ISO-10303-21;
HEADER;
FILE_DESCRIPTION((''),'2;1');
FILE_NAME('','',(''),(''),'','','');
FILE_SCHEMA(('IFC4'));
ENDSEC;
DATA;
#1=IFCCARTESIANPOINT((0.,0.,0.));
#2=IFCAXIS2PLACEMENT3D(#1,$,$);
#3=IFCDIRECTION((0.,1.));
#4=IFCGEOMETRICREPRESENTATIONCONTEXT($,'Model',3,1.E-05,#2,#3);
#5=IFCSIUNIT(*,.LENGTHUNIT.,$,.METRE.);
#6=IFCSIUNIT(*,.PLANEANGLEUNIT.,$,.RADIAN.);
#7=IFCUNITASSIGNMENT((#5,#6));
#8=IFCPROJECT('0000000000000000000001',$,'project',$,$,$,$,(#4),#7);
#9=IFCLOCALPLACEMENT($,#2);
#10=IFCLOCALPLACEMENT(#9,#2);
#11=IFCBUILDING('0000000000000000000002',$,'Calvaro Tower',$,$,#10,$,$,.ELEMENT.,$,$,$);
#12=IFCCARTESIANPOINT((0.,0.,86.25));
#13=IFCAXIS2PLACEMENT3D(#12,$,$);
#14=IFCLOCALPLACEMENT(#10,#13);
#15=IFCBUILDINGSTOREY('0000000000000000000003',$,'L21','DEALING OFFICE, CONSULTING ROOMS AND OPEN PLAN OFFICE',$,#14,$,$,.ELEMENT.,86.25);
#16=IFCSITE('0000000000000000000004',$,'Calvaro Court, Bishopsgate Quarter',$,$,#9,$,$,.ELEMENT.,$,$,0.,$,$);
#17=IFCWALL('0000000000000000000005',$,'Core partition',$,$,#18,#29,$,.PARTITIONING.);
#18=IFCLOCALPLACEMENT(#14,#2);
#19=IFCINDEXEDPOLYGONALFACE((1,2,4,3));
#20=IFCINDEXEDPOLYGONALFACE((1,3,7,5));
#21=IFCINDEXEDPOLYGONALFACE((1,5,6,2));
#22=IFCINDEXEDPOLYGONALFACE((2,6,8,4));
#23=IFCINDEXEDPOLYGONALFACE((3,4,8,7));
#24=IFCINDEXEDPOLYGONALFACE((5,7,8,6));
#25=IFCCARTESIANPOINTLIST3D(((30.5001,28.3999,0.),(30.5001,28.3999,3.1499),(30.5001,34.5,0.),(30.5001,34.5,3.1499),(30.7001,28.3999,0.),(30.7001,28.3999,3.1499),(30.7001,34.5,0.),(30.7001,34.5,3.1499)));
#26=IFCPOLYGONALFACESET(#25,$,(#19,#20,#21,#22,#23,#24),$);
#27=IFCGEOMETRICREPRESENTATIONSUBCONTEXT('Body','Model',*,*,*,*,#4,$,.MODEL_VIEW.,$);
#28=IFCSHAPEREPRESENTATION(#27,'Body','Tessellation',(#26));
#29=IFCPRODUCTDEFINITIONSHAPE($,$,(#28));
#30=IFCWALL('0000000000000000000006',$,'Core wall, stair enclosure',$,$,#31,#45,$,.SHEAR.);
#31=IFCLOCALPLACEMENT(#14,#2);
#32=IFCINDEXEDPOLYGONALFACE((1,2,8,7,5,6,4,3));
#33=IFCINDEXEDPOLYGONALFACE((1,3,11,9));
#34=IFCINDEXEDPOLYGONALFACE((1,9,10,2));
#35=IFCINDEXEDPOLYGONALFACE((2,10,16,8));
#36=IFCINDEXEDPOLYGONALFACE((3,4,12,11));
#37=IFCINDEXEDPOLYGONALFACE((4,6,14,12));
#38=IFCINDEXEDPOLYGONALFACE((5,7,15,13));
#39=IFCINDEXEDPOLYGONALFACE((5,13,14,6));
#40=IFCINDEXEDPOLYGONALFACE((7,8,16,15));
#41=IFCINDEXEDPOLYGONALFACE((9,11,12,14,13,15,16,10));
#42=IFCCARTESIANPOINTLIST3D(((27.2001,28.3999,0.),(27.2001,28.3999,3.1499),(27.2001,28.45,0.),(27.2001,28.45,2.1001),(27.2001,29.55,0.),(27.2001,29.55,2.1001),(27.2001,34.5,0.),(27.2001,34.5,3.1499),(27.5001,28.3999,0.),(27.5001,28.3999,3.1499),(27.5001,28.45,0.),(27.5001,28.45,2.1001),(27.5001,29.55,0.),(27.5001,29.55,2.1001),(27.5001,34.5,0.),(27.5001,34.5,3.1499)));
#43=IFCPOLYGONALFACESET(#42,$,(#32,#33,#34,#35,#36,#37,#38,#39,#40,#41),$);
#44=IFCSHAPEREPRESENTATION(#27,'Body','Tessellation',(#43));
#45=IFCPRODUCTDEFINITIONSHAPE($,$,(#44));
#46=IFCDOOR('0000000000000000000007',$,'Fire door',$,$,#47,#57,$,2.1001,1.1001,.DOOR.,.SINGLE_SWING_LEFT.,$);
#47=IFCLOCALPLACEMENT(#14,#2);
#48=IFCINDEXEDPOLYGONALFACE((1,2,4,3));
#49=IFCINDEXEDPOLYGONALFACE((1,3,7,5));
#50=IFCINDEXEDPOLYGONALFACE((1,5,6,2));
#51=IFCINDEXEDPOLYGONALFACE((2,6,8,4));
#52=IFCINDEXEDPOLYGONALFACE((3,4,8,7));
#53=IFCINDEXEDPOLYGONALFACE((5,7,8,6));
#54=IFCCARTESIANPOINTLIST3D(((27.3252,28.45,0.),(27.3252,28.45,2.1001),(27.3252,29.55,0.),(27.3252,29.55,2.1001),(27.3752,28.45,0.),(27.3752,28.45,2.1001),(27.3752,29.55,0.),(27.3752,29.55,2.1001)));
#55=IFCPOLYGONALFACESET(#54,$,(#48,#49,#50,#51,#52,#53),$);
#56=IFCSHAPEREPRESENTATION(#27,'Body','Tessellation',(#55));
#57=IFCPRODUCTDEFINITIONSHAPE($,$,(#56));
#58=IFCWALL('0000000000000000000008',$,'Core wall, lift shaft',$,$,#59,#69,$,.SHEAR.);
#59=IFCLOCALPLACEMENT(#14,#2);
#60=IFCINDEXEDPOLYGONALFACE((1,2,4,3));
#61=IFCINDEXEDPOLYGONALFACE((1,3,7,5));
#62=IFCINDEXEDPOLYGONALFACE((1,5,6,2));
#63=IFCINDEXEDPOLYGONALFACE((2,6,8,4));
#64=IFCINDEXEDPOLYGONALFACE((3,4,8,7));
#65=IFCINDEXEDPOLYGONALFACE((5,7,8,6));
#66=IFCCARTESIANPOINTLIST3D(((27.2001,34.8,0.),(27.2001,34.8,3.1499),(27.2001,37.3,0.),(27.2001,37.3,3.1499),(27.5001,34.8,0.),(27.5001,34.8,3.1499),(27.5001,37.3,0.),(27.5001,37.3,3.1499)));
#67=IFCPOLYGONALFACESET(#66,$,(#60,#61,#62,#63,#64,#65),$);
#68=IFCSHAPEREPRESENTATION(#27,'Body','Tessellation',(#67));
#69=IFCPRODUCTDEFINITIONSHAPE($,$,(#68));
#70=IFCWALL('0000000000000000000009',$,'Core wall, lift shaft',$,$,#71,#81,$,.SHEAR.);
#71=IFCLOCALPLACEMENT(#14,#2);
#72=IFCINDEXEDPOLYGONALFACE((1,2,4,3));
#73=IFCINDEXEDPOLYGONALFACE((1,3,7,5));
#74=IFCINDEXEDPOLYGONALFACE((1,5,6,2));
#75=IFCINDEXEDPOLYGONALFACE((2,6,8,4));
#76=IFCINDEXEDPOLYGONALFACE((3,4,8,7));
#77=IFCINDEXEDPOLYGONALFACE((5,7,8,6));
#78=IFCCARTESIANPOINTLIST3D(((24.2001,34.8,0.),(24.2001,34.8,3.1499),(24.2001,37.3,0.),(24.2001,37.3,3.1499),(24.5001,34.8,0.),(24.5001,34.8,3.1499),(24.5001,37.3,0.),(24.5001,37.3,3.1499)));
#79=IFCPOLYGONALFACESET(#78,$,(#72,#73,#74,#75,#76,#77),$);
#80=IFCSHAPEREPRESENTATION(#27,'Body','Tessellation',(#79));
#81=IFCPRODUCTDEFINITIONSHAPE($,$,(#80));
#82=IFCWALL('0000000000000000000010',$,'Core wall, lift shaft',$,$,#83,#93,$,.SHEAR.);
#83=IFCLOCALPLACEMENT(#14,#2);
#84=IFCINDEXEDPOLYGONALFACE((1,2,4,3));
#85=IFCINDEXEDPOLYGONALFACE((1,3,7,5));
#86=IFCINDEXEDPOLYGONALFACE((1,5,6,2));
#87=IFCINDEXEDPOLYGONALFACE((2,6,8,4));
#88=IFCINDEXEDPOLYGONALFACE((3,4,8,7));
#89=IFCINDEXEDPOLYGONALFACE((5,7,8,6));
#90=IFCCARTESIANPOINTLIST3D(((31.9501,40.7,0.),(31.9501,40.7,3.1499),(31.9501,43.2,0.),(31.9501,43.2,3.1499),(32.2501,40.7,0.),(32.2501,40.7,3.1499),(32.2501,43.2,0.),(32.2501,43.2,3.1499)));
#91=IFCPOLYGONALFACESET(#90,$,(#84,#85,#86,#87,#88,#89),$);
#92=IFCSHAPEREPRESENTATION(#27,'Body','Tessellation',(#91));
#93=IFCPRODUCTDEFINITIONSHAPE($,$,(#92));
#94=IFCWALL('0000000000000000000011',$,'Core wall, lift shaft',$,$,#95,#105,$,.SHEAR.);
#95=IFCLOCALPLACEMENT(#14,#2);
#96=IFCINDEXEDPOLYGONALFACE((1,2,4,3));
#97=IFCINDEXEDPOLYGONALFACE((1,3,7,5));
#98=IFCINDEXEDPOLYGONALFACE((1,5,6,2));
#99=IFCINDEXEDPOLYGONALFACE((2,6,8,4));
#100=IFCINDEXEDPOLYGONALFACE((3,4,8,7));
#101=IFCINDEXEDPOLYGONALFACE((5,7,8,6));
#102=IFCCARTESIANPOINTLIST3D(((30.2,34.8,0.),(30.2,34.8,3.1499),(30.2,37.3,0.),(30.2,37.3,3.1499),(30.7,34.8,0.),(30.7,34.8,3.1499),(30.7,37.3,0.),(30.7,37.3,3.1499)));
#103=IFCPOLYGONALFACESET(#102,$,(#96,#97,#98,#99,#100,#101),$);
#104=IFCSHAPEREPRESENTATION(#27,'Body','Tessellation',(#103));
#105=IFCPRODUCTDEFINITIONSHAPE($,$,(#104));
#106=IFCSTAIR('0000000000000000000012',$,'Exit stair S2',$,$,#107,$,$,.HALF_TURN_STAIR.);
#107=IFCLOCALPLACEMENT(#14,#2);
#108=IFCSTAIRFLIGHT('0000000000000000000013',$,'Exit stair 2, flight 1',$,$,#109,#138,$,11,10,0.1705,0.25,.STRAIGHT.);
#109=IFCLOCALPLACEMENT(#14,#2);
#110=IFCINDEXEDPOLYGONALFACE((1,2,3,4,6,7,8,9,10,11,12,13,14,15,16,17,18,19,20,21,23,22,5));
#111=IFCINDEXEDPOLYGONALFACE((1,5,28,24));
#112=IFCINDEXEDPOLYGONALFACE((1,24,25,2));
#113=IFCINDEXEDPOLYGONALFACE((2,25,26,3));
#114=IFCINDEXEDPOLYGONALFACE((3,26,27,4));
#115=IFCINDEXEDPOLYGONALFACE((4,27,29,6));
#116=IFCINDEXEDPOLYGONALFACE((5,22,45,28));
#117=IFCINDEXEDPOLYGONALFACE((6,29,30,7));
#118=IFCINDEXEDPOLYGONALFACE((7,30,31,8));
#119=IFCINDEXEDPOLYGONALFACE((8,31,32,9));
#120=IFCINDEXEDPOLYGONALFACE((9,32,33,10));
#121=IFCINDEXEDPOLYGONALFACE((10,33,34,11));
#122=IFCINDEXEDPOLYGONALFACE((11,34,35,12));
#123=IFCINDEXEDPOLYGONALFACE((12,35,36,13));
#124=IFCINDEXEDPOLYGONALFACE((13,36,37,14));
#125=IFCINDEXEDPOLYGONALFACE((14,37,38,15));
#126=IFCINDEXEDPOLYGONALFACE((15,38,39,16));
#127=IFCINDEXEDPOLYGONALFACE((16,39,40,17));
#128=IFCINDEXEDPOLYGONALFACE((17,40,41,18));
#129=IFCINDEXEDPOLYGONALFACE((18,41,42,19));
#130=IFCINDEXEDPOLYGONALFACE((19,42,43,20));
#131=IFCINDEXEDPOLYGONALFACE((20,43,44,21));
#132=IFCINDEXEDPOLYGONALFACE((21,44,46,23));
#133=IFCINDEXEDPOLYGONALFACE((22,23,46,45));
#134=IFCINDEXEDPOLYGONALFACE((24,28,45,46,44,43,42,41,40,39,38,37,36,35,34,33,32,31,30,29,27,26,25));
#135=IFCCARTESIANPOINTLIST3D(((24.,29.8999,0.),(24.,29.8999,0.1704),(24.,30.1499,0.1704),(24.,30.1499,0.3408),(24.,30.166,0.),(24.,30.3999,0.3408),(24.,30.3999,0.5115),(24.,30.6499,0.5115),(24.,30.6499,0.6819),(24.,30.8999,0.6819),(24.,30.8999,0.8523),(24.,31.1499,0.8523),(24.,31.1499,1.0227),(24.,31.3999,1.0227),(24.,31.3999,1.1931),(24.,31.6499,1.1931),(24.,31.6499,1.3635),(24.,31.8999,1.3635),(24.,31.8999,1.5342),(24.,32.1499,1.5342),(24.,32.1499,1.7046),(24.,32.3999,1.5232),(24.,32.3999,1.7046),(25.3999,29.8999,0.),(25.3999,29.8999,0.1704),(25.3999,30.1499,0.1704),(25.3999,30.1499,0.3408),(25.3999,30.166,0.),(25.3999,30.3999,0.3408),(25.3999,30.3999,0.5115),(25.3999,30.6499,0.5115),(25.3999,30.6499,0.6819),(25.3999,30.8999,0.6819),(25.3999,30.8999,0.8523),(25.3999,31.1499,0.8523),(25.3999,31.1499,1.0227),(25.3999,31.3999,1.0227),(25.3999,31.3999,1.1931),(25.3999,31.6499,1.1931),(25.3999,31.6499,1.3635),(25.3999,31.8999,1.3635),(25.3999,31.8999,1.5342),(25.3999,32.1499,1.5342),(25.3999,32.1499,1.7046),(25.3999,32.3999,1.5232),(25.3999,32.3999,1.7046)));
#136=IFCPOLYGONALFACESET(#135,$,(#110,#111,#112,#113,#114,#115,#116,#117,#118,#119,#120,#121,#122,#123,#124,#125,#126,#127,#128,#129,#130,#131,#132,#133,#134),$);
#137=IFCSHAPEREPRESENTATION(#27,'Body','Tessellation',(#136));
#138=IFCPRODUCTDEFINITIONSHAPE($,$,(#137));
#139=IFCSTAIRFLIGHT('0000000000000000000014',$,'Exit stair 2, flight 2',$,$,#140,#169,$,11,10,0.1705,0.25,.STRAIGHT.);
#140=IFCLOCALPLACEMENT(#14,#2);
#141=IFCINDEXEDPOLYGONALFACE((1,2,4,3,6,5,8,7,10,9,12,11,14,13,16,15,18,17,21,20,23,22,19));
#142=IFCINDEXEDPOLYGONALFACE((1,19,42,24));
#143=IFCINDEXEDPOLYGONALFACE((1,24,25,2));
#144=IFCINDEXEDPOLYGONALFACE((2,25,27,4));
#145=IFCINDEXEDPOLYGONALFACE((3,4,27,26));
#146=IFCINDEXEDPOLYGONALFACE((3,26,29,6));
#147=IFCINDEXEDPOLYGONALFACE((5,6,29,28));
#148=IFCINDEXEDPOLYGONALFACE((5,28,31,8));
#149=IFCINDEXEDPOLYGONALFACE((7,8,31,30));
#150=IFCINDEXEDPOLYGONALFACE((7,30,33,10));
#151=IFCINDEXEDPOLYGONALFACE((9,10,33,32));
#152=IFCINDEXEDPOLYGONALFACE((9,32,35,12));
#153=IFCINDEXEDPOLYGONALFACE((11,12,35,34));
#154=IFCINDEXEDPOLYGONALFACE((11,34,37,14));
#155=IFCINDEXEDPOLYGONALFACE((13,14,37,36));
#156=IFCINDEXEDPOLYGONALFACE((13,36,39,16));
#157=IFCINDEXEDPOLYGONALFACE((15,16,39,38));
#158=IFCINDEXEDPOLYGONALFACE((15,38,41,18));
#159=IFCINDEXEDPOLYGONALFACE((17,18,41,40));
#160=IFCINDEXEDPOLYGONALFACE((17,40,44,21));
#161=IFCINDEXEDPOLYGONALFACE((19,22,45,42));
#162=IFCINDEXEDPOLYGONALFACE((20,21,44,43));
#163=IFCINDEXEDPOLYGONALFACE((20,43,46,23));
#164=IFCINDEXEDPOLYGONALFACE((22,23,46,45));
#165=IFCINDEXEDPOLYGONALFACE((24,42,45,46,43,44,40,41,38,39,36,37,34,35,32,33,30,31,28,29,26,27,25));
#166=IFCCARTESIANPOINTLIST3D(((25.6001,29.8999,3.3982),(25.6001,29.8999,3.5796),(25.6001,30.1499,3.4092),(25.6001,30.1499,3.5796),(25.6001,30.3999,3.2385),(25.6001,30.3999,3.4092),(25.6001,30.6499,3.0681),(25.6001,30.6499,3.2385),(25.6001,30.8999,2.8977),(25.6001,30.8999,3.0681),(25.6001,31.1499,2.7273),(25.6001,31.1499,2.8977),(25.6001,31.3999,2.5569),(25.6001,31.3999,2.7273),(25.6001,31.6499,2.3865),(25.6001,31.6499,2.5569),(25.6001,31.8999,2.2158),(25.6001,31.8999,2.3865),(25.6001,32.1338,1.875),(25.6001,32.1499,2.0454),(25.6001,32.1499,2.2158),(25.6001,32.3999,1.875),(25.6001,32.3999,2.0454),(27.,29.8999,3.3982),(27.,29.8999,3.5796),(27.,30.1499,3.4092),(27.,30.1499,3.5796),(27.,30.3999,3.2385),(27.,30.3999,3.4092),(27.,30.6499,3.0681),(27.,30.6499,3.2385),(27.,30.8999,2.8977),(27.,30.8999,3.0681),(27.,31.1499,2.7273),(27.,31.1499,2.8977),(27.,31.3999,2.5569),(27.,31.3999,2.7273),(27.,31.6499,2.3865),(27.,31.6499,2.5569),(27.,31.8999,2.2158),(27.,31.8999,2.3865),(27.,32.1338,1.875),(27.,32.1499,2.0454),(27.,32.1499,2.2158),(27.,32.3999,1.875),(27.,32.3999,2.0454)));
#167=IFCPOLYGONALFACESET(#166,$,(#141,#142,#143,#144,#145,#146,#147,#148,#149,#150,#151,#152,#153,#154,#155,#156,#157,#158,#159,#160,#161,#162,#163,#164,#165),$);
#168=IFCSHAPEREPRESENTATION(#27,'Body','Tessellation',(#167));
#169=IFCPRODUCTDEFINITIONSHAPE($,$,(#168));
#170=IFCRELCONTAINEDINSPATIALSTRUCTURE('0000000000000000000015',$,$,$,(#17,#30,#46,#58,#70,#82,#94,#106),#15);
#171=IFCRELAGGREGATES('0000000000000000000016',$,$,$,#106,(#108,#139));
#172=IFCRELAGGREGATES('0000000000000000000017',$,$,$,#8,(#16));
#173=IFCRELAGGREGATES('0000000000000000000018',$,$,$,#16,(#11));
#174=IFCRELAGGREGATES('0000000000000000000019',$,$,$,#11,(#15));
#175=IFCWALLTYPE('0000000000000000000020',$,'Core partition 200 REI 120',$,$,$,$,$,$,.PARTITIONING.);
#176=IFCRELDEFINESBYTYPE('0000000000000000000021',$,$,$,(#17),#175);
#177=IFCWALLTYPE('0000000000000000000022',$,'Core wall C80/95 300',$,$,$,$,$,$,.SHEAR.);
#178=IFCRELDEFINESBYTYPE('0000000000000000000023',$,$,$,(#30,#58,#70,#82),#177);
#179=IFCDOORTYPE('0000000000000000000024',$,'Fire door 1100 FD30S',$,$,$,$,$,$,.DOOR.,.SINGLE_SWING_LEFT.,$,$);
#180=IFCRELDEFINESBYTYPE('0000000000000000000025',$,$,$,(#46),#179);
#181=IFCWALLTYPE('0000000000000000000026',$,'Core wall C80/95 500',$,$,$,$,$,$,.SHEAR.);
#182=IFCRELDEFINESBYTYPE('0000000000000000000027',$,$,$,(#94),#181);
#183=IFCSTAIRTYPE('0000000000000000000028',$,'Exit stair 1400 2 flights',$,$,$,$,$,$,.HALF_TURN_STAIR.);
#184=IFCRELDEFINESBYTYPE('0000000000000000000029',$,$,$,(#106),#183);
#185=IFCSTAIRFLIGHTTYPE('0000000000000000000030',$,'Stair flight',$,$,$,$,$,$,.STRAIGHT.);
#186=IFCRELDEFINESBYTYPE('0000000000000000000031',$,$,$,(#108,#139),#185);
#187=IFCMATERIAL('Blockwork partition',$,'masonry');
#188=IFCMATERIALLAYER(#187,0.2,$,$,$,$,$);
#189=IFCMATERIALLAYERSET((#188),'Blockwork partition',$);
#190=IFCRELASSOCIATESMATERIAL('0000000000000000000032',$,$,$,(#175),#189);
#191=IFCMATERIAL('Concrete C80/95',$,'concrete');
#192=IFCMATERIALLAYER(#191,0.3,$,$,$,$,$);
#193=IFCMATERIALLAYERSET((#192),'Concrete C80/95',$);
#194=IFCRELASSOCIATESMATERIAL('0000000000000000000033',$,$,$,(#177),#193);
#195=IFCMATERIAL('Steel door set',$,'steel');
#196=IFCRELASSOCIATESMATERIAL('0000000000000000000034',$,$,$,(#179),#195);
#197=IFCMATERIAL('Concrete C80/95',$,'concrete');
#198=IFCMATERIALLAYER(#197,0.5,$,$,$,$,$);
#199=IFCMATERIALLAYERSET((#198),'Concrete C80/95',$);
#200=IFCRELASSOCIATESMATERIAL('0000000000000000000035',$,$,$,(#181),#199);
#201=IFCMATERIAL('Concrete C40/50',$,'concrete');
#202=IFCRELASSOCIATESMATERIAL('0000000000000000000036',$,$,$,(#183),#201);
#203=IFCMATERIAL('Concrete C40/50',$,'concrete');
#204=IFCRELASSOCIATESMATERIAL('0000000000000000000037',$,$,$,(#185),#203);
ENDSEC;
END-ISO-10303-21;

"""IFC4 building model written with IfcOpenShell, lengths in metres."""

from ifc_helpers import new_model, si_unit, direction, frame, frame_2d, origin, place, context, subcontext, project, spatial, polyline, rectangle, outline, extrude, material, layer, layer_set, type_object, element, fill, aggregate, save


model = new_model("IFC4")

# Units and contexts
model_context = context("Model", 3, precision=1e-05, world=origin(), true_north=direction((0.0, 1.0)))
body_context = subcontext(model_context, "Body", "Model", "MODEL_VIEW")
ifc_project = project(units=[si_unit("LENGTHUNIT", "METRE"), si_unit("PLANEANGLEUNIT", "RADIAN")], contexts=[model_context])

# Site, building, storey
site_placement = place(None, origin())
site = spatial("IfcSite", under=ifc_project, at=site_placement, Name="Calvaro Court, Bishopsgate Quarter", CompositionType="ELEMENT", RefElevation=0.0)
building_placement = place(site_placement, origin())
building = spatial("IfcBuilding", under=site, at=building_placement, Name="Calvaro Tower", CompositionType="ELEMENT")
storey_placement = place(building_placement, frame((0.0, 0.0, 86.25)))
storey = spatial("IfcBuildingStorey", under=building, at=storey_placement, Name="L21", Description="DEALING OFFICE, CONSULTING ROOMS AND OPEN PLAN OFFICE", CompositionType="ELEMENT", Elevation=86.25)

# Wall
ifc_material_1 = material(Name="Blockwork partition", Category="masonry")
ifc_layer_1 = layer(ifc_material_1, 0.2)
ifc_layer_set_1 = layer_set([ifc_layer_1], Name="Blockwork partition")
wall_type_1 = type_object("IfcWallType", Name="Core partition 200 REI 120", PredefinedType="PARTITIONING", material=ifc_layer_set_1)
wall_1_placement = place(storey_placement, frame((30.6001, 28.3999, 0.0), z_axis=(0.0, 0.0, 1.0), x_axis=(0.0, 1.0, 0.0)))
element("IfcWall", 1, at=wall_1_placement, inside=storey, type_object=wall_type_1, Name="Core partition", PredefinedType="PARTITIONING", context=body_context, shape_type="SweptSolid", body=[
    extrude(rectangle(XDim=6.1001, YDim=0.2, at=frame_2d((3.05, 0.0))), origin(), (0.0, 0.0, 1.0), 3.1499),
])

# Wall, opening, door
ifc_material_2 = material(Name="Concrete C80/95", Category="concrete")
ifc_layer_2 = layer(ifc_material_2, 0.3)
ifc_layer_set_2 = layer_set([ifc_layer_2], Name="Concrete C80/95")
wall_type_2 = type_object("IfcWallType", Name="Core wall C80/95 300", PredefinedType="SHEAR", material=ifc_layer_set_2)
wall_2_placement = place(storey_placement, frame((27.3501, 28.3999, 0.0), z_axis=(0.0, 0.0, 1.0), x_axis=(0.0, 1.0, 0.0)))
wall_2 = element("IfcWall", 2, at=wall_2_placement, inside=storey, type_object=wall_type_2, Name="Core wall, stair enclosure", PredefinedType="SHEAR", context=body_context, shape_type="SweptSolid", body=[
    extrude(rectangle(XDim=6.1001, YDim=0.3, at=frame_2d((3.05, 0.0))), origin(), (0.0, 0.0, 1.0), 3.1499),
])
opening_placement = place(wall_2_placement, frame((0.05, 0.0, 0.0)))
opening = element("IfcOpeningElement", 3, at=opening_placement, cuts=wall_2, PredefinedType="OPENING", context=body_context, shape_type="SweptSolid", body=[
    extrude(rectangle(XDim=1.1001, YDim=2.1001, at=frame_2d((0.55, 1.05))), frame((0.0, 0.1599, 0.0), z_axis=(0.0, -1.0, 0.0), x_axis=(1.0, 0.0, 0.0)), (0.0, 0.0, 1.0), 0.3201),
])
ifc_material_3 = material(Name="Steel door set", Category="steel")
door_type = type_object("IfcDoorType", Name="Fire door 1100 FD30S", OperationType="SINGLE_SWING_LEFT", PredefinedType="DOOR", material=ifc_material_3)
door_placement = place(opening_placement, origin())
door = element("IfcDoor", 4, at=door_placement, inside=storey, type_object=door_type, Name="Fire door", OperationType="SINGLE_SWING_LEFT", OverallHeight=2.1001, OverallWidth=1.1001, PredefinedType="DOOR", context=body_context, shape_type="SweptSolid", body=[
    extrude(rectangle(XDim=1.1001, YDim=2.1001, at=frame_2d((0.55, 1.05))), frame((0.0, 0.0249, 0.0), z_axis=(0.0, -1.0, 0.0), x_axis=(1.0, 0.0, 0.0)), (0.0, 0.0, 1.0), 0.05),
])
fill(opening, door)

# Walls
for number, where, z_axis, x_axis, name in (
    (5, (27.3501, 34.8, 0.0), (0.0, 0.0, 1.0), (0.0, 1.0, 0.0), "Core wall, lift shaft"),
    (6, (24.3501, 34.8, 0.0), (0.0, 0.0, 1.0), (0.0, 1.0, 0.0), "Core wall, lift shaft"),
    (7, (32.1001, 40.7, 0.0), (0.0, 0.0, 1.0), (0.0, 1.0, 0.0), "Core wall, lift shaft"),
):
    element("IfcWall", number, at=place(storey_placement, frame(where, z_axis=z_axis, x_axis=x_axis)), inside=storey, type_object=wall_type_2, Name=name, PredefinedType="SHEAR", context=body_context, shape_type="SweptSolid", body=[
        extrude(rectangle(XDim=2.5, YDim=0.3, at=frame_2d((1.25, 0.0))), origin(), (0.0, 0.0, 1.0), 3.1499),
    ])
ifc_material_4 = material(Name="Concrete C80/95", Category="concrete")
ifc_layer_3 = layer(ifc_material_4, 0.5)
ifc_layer_set_3 = layer_set([ifc_layer_3], Name="Concrete C80/95")
wall_type_3 = type_object("IfcWallType", Name="Core wall C80/95 500", PredefinedType="SHEAR", material=ifc_layer_set_3)
wall_3_placement = place(storey_placement, frame((30.45, 34.8, 0.0), z_axis=(0.0, 0.0, 1.0), x_axis=(0.0, 1.0, 0.0)))
element("IfcWall", 8, at=wall_3_placement, inside=storey, type_object=wall_type_3, Name="Core wall, lift shaft", PredefinedType="SHEAR", context=body_context, shape_type="SweptSolid", body=[
    extrude(rectangle(XDim=2.5, YDim=0.5, at=frame_2d((1.25, 0.0))), origin(), (0.0, 0.0, 1.0), 3.1499),
])

# Stair, stair flights
ifc_material_5 = material(Name="Concrete C40/50", Category="concrete")
stair_type = type_object("IfcStairType", Name="Exit stair 1400 2 flights", PredefinedType="HALF_TURN_STAIR", material=ifc_material_5)
stair_placement = place(storey_placement, origin())
stair = element("IfcStair", 9, at=stair_placement, inside=storey, type_object=stair_type, Name="Exit stair S2", PredefinedType="HALF_TURN_STAIR")
ifc_material_6 = material(Name="Concrete C40/50", Category="concrete")
stair_flight_type = type_object("IfcStairFlightType", Name="Stair flight", PredefinedType="STRAIGHT", material=ifc_material_6)
stair_flight_1_placement = place(storey_placement, frame((24.7, 29.8999, 0.0), z_axis=(0.0, 0.0, 1.0), x_axis=(0.0, 1.0, 0.0)))
stair_flight_1 = element("IfcStairFlight", 10, at=stair_flight_1_placement, type_object=stair_flight_type, Name="Exit stair 2, flight 1", NumberOfRisers=11, NumberOfTreads=10, PredefinedType="STRAIGHT", RiserHeight=0.1705, TreadLength=0.25, context=body_context, shape_type="SweptSolid", body=[
    extrude(outline(polyline([(0.0, 0.0), (0.0, 0.1704), (0.25, 0.1704), (0.25, 0.3408), (0.5, 0.3408), (0.5, 0.5115), (0.75, 0.5115), (0.75, 0.6819), (1.0, 0.6819), (1.0, 0.8523), (1.25, 0.8523), (1.25, 1.0227), (1.5, 1.0227), (1.5, 1.1931), (1.75, 1.1931), (1.75, 1.3635), (2.0, 1.3635), (2.0, 1.5342), (2.25, 1.5342), (2.25, 1.7046), (2.5, 1.7046), (2.5, 1.875), (2.5, 1.5232), (0.2661, 0.0), (0.0, 0.0)])), frame((0.0, 0.7, 0.0), z_axis=(0.0, -1.0, 0.0), x_axis=(1.0, 0.0, 0.0)), (0.0, 0.0, 1.0), 1.3999),
])
stair_flight_2_placement = place(storey_placement, frame((26.3, 32.3999, 1.875), z_axis=(0.0, 0.0, 1.0), x_axis=(0.0, -1.0, 0.0)))
stair_flight_2 = element("IfcStairFlight", 11, at=stair_flight_2_placement, type_object=stair_flight_type, Name="Exit stair 2, flight 2", NumberOfRisers=11, NumberOfTreads=10, PredefinedType="STRAIGHT", RiserHeight=0.1705, TreadLength=0.25, context=body_context, shape_type="SweptSolid", body=[
    extrude(outline(polyline([(0.0, 0.0), (0.0, 0.1704), (0.25, 0.1704), (0.25, 0.3408), (0.5, 0.3408), (0.5, 0.5115), (0.75, 0.5115), (0.75, 0.6819), (1.0, 0.6819), (1.0, 0.8523), (1.25, 0.8523), (1.25, 1.0227), (1.5, 1.0227), (1.5, 1.1931), (1.75, 1.1931), (1.75, 1.3635), (2.0, 1.3635), (2.0, 1.5342), (2.25, 1.5342), (2.25, 1.7046), (2.5, 1.7046), (2.5, 1.875), (2.5, 1.5232), (0.2661, 0.0), (0.0, 0.0)])), frame((0.0, 0.7, 0.0), z_axis=(0.0, -1.0, 0.0), x_axis=(1.0, 0.0, 0.0)), (0.0, 0.0, 1.0), 1.3999),
])
aggregate(stair, [stair_flight_1, stair_flight_2])

save(model, "model.ifc")
